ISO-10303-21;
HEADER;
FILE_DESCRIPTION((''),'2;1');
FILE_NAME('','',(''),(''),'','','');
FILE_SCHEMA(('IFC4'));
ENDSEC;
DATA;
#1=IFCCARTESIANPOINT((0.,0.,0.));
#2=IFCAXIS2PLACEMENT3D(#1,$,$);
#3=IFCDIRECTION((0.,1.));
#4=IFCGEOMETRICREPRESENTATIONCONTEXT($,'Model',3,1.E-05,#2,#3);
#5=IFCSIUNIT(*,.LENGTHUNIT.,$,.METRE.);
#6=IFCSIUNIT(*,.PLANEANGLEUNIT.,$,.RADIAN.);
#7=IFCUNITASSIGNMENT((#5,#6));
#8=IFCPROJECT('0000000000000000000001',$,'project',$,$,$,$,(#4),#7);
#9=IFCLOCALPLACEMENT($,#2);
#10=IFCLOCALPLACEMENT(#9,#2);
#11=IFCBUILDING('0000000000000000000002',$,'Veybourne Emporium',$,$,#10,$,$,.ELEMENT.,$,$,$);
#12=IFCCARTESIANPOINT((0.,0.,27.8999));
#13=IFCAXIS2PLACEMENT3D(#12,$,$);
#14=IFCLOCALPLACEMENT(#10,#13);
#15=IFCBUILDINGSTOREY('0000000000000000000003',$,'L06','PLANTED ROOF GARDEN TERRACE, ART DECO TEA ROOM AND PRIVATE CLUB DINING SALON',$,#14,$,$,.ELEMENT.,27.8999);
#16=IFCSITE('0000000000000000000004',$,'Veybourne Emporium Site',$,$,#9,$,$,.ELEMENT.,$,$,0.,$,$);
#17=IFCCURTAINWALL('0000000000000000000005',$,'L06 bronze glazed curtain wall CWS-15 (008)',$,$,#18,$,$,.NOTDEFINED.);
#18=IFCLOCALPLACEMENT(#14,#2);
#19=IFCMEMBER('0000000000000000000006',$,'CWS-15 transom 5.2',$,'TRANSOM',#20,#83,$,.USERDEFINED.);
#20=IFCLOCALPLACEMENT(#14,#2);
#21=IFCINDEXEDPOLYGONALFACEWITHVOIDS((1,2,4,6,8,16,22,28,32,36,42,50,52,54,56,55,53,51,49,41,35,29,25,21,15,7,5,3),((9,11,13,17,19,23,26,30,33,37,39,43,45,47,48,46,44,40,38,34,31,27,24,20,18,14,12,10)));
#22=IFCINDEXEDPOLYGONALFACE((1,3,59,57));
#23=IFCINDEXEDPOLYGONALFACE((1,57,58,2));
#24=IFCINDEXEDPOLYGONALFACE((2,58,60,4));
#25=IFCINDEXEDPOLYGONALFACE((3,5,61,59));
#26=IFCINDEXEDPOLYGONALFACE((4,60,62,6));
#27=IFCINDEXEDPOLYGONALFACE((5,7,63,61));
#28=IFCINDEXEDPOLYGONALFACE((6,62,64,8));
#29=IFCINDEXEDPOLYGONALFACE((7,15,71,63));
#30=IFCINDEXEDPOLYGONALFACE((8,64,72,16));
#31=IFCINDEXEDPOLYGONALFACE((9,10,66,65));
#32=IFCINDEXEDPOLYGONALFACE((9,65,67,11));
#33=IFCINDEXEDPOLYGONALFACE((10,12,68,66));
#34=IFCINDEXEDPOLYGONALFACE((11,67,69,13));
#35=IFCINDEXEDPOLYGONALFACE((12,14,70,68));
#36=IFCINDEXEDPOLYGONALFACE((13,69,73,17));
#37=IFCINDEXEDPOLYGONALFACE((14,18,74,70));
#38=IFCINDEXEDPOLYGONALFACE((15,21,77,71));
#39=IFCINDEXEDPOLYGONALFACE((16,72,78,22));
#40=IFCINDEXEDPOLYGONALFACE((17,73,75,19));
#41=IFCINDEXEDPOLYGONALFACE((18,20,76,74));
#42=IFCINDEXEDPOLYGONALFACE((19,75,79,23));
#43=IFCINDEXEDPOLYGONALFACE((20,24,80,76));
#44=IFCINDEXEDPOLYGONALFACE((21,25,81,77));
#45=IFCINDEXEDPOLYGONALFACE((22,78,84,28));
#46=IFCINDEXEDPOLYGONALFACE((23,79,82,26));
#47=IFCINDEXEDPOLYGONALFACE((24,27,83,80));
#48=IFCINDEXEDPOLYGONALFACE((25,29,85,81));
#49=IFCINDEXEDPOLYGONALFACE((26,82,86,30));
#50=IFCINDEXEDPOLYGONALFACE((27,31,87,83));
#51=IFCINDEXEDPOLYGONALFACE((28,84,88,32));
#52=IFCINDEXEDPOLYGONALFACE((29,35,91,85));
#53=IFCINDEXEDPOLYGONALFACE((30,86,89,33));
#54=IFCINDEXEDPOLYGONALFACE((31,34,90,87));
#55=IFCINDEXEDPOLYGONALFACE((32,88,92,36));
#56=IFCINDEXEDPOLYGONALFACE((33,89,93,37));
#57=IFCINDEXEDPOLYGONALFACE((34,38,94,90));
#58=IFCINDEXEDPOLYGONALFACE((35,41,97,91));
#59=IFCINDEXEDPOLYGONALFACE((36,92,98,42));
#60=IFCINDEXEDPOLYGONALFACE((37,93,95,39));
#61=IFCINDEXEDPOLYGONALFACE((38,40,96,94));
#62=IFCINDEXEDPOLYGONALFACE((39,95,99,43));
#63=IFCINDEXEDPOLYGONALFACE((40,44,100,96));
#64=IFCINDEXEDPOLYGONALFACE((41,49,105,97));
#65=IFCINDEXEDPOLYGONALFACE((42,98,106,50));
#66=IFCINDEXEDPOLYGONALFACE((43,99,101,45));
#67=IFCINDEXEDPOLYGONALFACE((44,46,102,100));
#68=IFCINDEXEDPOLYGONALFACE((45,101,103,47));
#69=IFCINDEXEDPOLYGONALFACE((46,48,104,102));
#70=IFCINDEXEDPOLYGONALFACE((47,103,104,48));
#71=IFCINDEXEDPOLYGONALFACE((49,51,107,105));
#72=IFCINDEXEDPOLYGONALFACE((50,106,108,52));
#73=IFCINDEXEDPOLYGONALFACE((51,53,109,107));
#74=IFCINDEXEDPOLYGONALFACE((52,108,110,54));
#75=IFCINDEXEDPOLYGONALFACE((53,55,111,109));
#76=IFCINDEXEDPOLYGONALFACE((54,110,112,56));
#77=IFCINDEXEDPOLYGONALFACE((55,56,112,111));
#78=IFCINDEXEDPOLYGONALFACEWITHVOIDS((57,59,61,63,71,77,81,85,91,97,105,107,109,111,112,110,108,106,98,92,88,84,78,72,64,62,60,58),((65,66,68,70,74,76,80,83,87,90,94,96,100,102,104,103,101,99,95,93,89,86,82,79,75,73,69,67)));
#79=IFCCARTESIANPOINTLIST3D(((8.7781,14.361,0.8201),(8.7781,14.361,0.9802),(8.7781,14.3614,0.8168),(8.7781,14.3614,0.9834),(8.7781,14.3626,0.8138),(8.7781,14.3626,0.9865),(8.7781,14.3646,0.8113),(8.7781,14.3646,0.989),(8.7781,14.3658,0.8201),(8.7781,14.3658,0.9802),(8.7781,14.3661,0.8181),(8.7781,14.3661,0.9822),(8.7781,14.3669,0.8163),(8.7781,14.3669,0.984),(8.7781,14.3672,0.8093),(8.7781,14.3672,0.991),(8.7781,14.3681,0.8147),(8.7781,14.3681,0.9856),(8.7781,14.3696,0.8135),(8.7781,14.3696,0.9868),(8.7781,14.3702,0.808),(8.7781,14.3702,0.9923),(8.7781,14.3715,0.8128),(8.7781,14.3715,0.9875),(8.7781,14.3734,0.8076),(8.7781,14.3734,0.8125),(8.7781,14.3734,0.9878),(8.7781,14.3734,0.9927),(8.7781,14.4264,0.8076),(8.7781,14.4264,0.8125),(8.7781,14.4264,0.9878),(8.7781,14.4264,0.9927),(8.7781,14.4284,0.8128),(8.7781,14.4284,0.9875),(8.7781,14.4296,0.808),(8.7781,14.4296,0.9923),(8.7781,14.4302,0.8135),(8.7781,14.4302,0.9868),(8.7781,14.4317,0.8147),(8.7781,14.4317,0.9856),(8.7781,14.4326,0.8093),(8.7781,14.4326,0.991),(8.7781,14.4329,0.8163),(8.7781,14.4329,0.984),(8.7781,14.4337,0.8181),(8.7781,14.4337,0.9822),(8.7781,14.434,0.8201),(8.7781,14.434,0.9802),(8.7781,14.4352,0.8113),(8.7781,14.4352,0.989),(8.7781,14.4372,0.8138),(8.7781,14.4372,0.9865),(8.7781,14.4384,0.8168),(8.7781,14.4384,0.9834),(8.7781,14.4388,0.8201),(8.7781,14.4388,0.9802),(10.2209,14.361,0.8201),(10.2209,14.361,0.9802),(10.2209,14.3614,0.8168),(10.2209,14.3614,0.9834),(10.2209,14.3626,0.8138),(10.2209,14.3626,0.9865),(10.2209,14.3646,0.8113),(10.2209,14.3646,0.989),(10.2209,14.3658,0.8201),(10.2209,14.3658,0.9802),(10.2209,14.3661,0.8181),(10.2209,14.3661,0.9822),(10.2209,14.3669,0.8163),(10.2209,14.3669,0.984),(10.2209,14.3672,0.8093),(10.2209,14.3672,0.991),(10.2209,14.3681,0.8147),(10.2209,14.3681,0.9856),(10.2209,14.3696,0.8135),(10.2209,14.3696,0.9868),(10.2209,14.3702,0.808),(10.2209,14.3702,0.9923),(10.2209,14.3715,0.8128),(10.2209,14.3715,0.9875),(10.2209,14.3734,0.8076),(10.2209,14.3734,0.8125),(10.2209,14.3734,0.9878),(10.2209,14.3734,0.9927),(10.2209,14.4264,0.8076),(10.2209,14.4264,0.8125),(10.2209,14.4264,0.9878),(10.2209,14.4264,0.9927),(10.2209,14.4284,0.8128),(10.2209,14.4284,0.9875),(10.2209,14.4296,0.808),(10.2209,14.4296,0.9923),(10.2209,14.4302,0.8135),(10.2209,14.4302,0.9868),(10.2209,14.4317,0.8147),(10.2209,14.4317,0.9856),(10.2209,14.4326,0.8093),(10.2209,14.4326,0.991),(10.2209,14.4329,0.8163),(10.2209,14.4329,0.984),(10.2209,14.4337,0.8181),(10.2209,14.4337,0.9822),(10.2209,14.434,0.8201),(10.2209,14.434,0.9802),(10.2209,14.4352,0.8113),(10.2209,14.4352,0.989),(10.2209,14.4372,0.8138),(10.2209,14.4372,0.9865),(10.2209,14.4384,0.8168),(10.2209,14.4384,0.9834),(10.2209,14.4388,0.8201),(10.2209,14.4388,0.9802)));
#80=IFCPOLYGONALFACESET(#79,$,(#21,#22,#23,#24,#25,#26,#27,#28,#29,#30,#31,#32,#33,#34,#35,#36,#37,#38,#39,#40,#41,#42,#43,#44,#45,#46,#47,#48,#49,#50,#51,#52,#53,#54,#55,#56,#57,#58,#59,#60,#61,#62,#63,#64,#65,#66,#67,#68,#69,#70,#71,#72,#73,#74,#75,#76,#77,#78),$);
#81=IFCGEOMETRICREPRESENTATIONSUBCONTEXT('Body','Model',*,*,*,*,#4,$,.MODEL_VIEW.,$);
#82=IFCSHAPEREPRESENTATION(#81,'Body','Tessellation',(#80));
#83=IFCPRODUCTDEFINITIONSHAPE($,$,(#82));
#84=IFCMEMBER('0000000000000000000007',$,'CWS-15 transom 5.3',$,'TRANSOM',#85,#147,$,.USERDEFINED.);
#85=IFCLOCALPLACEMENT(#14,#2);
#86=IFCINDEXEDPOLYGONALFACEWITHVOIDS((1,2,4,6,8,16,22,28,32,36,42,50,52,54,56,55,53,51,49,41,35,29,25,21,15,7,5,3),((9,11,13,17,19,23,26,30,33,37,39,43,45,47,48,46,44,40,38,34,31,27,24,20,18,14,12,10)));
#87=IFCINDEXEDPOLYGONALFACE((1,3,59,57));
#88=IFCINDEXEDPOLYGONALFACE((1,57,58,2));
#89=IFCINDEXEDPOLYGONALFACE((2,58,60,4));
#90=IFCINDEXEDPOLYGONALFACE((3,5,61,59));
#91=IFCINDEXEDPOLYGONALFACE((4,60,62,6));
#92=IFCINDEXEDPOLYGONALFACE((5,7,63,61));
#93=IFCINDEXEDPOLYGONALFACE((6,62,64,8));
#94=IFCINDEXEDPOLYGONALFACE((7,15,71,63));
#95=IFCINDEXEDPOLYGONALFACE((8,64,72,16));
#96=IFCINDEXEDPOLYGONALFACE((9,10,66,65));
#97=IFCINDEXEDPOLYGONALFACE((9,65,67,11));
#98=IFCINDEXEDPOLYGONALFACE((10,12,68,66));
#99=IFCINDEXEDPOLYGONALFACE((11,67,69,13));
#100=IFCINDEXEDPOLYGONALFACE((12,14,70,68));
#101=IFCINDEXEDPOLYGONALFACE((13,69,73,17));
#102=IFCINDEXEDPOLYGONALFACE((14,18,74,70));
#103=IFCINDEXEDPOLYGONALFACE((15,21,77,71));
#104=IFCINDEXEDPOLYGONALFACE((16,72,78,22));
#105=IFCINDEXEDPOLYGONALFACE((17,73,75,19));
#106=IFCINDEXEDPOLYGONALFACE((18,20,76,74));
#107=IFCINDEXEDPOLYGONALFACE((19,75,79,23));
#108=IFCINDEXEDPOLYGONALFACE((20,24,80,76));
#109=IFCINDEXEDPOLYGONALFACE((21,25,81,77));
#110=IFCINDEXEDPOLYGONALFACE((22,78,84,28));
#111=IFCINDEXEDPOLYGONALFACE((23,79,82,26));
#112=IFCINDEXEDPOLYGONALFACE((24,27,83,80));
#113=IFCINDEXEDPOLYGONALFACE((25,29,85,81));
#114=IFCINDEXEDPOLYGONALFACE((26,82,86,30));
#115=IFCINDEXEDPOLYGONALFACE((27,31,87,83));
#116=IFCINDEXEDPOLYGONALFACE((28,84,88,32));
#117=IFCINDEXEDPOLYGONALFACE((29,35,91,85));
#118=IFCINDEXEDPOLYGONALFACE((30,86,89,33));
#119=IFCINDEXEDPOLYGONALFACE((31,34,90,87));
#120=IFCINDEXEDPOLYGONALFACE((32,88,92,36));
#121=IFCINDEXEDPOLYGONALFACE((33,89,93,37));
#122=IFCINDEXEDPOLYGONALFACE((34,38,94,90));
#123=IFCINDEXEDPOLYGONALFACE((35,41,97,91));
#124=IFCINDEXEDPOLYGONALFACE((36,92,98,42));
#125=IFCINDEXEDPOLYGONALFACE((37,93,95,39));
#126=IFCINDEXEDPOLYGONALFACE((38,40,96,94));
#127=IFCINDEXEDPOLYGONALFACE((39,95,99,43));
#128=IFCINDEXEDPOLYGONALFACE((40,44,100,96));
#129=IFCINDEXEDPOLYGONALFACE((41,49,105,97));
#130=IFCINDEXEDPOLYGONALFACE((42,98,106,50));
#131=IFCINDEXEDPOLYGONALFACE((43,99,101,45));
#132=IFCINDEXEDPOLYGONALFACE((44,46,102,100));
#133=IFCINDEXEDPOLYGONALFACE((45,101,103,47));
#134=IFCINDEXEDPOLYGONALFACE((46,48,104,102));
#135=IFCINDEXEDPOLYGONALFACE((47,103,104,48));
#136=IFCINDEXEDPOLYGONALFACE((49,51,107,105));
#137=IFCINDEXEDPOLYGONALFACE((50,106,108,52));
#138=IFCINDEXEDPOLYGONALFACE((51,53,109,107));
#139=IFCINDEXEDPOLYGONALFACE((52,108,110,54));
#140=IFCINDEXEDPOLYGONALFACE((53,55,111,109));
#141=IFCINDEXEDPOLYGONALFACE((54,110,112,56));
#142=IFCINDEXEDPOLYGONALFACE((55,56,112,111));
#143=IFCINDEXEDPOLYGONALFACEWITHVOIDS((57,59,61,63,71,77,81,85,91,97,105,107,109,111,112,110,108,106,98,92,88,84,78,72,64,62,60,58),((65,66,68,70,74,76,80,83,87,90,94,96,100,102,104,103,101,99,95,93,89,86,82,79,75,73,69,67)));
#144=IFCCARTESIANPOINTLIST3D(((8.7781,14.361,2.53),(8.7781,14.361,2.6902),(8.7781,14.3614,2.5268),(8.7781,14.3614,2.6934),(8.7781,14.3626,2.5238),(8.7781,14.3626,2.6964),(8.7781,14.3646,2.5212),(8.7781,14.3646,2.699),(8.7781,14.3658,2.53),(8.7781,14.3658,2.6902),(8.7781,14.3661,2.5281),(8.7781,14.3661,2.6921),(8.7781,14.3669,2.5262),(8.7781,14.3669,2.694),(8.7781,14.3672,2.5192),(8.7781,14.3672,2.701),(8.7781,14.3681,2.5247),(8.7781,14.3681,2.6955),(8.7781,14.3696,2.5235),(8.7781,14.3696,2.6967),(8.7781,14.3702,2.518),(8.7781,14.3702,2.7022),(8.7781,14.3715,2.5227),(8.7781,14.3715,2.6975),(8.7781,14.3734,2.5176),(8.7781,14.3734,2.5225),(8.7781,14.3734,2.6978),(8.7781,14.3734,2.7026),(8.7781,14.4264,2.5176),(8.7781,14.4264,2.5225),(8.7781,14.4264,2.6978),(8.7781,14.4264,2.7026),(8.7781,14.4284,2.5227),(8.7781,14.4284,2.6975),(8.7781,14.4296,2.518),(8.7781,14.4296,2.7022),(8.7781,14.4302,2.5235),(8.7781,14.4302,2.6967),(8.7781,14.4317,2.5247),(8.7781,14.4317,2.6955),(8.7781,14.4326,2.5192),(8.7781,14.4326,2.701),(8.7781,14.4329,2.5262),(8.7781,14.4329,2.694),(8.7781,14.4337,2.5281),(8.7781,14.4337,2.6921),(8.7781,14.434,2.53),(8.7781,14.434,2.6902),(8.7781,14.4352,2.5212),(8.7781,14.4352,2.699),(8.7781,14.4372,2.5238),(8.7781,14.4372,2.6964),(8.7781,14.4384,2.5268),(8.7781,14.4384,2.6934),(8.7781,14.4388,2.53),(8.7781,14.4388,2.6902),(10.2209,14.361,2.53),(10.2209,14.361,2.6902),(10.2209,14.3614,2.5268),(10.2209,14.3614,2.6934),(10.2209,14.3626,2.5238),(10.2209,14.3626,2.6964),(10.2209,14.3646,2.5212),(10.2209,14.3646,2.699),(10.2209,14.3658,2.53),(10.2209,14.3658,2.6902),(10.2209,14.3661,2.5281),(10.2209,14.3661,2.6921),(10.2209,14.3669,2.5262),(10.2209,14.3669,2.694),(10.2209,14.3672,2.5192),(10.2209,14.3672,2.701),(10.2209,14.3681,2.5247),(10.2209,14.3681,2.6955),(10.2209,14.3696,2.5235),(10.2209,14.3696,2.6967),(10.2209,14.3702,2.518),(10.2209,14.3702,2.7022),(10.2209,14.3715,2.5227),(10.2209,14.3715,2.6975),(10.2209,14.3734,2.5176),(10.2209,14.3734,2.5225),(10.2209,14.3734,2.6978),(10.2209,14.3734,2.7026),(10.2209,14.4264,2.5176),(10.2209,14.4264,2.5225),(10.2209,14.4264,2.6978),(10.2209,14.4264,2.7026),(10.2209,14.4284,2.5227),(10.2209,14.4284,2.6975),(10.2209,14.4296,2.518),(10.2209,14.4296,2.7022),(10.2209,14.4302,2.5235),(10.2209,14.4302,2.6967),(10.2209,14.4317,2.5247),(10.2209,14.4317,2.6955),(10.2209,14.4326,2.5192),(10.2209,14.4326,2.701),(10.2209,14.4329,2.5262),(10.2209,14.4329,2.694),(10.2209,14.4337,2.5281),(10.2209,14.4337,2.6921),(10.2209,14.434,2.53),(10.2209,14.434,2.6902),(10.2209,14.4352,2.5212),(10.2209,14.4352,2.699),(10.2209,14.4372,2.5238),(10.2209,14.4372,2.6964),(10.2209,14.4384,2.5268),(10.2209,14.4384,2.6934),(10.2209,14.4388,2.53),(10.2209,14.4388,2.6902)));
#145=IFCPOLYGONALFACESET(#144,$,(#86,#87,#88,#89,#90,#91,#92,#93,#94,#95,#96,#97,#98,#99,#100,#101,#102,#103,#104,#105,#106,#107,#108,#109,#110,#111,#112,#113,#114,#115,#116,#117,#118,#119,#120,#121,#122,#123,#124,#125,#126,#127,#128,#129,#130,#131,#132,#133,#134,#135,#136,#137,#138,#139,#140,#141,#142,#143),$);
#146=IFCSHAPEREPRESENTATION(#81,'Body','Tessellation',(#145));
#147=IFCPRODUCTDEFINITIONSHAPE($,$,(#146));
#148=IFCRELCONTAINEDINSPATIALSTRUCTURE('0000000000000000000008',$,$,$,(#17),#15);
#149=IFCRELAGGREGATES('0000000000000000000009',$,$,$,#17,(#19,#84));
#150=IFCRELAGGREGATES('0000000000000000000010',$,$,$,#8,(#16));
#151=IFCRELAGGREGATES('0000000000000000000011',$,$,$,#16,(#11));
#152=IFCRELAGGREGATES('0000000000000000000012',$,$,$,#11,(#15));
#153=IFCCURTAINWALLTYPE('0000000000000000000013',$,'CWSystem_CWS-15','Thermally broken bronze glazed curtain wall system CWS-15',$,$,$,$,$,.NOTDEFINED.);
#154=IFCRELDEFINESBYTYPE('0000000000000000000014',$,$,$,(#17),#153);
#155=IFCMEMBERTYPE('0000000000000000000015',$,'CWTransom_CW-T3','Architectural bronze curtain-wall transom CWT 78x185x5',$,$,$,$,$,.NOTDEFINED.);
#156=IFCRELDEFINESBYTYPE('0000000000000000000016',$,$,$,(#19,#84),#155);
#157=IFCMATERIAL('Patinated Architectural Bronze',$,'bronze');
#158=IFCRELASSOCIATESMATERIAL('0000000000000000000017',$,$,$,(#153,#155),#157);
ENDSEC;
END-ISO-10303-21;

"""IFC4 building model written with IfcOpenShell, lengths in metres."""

from ifc_helpers import new_model, si_unit, direction, frame, origin, origin_2d, place, context, subcontext, project, spatial, hollow_rectangle, extrude, material, material_profile, profile_set, type_object, element, aggregate, save


model = new_model("IFC4")

# Units and contexts
model_context = context("Model", 3, precision=1e-05, world=origin(), true_north=direction((0.0, 1.0)))
body_context = subcontext(model_context, "Body", "Model", "MODEL_VIEW")
ifc_project = project(units=[si_unit("LENGTHUNIT", "METRE"), si_unit("PLANEANGLEUNIT", "RADIAN")], contexts=[model_context])

# Site, building, storey
site_placement = place(None, origin())
site = spatial("IfcSite", under=ifc_project, at=site_placement, Name="Veybourne Emporium Site", CompositionType="ELEMENT", RefElevation=0.0)
building_placement = place(site_placement, origin())
building = spatial("IfcBuilding", under=site, at=building_placement, Name="Veybourne Emporium", CompositionType="ELEMENT")
storey_placement = place(building_placement, frame((0.0, 0.0, 27.8999)))
storey = spatial("IfcBuildingStorey", under=building, at=storey_placement, Name="L06", Description="PLANTED ROOF GARDEN TERRACE, ART DECO TEA ROOM AND PRIVATE CLUB DINING SALON", CompositionType="ELEMENT", Elevation=27.8999)

# Curtain wall, members
ifc_material_1 = material(Name="Patinated Architectural Bronze", Category="bronze")
curtain_wall_type_1 = type_object("IfcCurtainWallType", Name="CWSystem_CWS-15", Description="Thermally broken bronze glazed curtain wall system CWS-15", PredefinedType="NOTDEFINED", material=ifc_material_1)
curtain_wall_1_placement = place(storey_placement, origin())
curtain_wall_1 = element("IfcCurtainWall", 1, at=curtain_wall_1_placement, inside=storey, type_object=curtain_wall_type_1, Name="L06 bronze glazed curtain wall CWS-15 (008)", PredefinedType="NOTDEFINED")
ifc_material_profile_1 = material_profile(ifc_material_1, hollow_rectangle(XDim=0.0779, YDim=0.1851, WallThickness=0.0049, InnerFilletRadius=0.0076, OuterFilletRadius=0.0125, at=origin_2d()), Name="CWT 78x185x5")
ifc_profile_set_1 = profile_set([ifc_material_profile_1], Name="Patinated Architectural Bronze")
member_type_1 = type_object("IfcMemberType", Name="CWTransom_CW-T3", Description="Architectural bronze curtain-wall transom CWT 78x185x5", PredefinedType="NOTDEFINED", material=ifc_profile_set_1)
member_1_placement = place(storey_placement, frame((10.2209, 14.3999, 0.9001), z_axis=(-1.0, 0.0, 0.0), x_axis=(0.0, -1.0, 0.0)))
member_1 = element("IfcMember", 2, at=member_1_placement, type_object=member_type_1, Name="CWS-15 transom 5.2", ObjectType="TRANSOM", PredefinedType="USERDEFINED", context=body_context, shape_type="SweptSolid", body=[
    extrude(hollow_rectangle(XDim=0.0779, YDim=0.1851, WallThickness=0.0049, InnerFilletRadius=0.0076, OuterFilletRadius=0.0125, at=origin_2d()), origin(), (0.0, 0.0, 1.0), 1.4429),
])
member_2_placement = place(storey_placement, frame((10.2209, 14.3999, 2.6101), z_axis=(-1.0, 0.0, 0.0), x_axis=(0.0, -1.0, 0.0)))
member_2 = element("IfcMember", 3, at=member_2_placement, type_object=member_type_1, Name="CWS-15 transom 5.3", ObjectType="TRANSOM", PredefinedType="USERDEFINED", context=body_context, shape_type="SweptSolid", body=[
    extrude(hollow_rectangle(XDim=0.0779, YDim=0.1851, WallThickness=0.0049, InnerFilletRadius=0.0076, OuterFilletRadius=0.0125, at=origin_2d()), origin(), (0.0, 0.0, 1.0), 1.4429),
])
aggregate(curtain_wall_1, [member_1, member_2])

save(model, "model.ifc")
